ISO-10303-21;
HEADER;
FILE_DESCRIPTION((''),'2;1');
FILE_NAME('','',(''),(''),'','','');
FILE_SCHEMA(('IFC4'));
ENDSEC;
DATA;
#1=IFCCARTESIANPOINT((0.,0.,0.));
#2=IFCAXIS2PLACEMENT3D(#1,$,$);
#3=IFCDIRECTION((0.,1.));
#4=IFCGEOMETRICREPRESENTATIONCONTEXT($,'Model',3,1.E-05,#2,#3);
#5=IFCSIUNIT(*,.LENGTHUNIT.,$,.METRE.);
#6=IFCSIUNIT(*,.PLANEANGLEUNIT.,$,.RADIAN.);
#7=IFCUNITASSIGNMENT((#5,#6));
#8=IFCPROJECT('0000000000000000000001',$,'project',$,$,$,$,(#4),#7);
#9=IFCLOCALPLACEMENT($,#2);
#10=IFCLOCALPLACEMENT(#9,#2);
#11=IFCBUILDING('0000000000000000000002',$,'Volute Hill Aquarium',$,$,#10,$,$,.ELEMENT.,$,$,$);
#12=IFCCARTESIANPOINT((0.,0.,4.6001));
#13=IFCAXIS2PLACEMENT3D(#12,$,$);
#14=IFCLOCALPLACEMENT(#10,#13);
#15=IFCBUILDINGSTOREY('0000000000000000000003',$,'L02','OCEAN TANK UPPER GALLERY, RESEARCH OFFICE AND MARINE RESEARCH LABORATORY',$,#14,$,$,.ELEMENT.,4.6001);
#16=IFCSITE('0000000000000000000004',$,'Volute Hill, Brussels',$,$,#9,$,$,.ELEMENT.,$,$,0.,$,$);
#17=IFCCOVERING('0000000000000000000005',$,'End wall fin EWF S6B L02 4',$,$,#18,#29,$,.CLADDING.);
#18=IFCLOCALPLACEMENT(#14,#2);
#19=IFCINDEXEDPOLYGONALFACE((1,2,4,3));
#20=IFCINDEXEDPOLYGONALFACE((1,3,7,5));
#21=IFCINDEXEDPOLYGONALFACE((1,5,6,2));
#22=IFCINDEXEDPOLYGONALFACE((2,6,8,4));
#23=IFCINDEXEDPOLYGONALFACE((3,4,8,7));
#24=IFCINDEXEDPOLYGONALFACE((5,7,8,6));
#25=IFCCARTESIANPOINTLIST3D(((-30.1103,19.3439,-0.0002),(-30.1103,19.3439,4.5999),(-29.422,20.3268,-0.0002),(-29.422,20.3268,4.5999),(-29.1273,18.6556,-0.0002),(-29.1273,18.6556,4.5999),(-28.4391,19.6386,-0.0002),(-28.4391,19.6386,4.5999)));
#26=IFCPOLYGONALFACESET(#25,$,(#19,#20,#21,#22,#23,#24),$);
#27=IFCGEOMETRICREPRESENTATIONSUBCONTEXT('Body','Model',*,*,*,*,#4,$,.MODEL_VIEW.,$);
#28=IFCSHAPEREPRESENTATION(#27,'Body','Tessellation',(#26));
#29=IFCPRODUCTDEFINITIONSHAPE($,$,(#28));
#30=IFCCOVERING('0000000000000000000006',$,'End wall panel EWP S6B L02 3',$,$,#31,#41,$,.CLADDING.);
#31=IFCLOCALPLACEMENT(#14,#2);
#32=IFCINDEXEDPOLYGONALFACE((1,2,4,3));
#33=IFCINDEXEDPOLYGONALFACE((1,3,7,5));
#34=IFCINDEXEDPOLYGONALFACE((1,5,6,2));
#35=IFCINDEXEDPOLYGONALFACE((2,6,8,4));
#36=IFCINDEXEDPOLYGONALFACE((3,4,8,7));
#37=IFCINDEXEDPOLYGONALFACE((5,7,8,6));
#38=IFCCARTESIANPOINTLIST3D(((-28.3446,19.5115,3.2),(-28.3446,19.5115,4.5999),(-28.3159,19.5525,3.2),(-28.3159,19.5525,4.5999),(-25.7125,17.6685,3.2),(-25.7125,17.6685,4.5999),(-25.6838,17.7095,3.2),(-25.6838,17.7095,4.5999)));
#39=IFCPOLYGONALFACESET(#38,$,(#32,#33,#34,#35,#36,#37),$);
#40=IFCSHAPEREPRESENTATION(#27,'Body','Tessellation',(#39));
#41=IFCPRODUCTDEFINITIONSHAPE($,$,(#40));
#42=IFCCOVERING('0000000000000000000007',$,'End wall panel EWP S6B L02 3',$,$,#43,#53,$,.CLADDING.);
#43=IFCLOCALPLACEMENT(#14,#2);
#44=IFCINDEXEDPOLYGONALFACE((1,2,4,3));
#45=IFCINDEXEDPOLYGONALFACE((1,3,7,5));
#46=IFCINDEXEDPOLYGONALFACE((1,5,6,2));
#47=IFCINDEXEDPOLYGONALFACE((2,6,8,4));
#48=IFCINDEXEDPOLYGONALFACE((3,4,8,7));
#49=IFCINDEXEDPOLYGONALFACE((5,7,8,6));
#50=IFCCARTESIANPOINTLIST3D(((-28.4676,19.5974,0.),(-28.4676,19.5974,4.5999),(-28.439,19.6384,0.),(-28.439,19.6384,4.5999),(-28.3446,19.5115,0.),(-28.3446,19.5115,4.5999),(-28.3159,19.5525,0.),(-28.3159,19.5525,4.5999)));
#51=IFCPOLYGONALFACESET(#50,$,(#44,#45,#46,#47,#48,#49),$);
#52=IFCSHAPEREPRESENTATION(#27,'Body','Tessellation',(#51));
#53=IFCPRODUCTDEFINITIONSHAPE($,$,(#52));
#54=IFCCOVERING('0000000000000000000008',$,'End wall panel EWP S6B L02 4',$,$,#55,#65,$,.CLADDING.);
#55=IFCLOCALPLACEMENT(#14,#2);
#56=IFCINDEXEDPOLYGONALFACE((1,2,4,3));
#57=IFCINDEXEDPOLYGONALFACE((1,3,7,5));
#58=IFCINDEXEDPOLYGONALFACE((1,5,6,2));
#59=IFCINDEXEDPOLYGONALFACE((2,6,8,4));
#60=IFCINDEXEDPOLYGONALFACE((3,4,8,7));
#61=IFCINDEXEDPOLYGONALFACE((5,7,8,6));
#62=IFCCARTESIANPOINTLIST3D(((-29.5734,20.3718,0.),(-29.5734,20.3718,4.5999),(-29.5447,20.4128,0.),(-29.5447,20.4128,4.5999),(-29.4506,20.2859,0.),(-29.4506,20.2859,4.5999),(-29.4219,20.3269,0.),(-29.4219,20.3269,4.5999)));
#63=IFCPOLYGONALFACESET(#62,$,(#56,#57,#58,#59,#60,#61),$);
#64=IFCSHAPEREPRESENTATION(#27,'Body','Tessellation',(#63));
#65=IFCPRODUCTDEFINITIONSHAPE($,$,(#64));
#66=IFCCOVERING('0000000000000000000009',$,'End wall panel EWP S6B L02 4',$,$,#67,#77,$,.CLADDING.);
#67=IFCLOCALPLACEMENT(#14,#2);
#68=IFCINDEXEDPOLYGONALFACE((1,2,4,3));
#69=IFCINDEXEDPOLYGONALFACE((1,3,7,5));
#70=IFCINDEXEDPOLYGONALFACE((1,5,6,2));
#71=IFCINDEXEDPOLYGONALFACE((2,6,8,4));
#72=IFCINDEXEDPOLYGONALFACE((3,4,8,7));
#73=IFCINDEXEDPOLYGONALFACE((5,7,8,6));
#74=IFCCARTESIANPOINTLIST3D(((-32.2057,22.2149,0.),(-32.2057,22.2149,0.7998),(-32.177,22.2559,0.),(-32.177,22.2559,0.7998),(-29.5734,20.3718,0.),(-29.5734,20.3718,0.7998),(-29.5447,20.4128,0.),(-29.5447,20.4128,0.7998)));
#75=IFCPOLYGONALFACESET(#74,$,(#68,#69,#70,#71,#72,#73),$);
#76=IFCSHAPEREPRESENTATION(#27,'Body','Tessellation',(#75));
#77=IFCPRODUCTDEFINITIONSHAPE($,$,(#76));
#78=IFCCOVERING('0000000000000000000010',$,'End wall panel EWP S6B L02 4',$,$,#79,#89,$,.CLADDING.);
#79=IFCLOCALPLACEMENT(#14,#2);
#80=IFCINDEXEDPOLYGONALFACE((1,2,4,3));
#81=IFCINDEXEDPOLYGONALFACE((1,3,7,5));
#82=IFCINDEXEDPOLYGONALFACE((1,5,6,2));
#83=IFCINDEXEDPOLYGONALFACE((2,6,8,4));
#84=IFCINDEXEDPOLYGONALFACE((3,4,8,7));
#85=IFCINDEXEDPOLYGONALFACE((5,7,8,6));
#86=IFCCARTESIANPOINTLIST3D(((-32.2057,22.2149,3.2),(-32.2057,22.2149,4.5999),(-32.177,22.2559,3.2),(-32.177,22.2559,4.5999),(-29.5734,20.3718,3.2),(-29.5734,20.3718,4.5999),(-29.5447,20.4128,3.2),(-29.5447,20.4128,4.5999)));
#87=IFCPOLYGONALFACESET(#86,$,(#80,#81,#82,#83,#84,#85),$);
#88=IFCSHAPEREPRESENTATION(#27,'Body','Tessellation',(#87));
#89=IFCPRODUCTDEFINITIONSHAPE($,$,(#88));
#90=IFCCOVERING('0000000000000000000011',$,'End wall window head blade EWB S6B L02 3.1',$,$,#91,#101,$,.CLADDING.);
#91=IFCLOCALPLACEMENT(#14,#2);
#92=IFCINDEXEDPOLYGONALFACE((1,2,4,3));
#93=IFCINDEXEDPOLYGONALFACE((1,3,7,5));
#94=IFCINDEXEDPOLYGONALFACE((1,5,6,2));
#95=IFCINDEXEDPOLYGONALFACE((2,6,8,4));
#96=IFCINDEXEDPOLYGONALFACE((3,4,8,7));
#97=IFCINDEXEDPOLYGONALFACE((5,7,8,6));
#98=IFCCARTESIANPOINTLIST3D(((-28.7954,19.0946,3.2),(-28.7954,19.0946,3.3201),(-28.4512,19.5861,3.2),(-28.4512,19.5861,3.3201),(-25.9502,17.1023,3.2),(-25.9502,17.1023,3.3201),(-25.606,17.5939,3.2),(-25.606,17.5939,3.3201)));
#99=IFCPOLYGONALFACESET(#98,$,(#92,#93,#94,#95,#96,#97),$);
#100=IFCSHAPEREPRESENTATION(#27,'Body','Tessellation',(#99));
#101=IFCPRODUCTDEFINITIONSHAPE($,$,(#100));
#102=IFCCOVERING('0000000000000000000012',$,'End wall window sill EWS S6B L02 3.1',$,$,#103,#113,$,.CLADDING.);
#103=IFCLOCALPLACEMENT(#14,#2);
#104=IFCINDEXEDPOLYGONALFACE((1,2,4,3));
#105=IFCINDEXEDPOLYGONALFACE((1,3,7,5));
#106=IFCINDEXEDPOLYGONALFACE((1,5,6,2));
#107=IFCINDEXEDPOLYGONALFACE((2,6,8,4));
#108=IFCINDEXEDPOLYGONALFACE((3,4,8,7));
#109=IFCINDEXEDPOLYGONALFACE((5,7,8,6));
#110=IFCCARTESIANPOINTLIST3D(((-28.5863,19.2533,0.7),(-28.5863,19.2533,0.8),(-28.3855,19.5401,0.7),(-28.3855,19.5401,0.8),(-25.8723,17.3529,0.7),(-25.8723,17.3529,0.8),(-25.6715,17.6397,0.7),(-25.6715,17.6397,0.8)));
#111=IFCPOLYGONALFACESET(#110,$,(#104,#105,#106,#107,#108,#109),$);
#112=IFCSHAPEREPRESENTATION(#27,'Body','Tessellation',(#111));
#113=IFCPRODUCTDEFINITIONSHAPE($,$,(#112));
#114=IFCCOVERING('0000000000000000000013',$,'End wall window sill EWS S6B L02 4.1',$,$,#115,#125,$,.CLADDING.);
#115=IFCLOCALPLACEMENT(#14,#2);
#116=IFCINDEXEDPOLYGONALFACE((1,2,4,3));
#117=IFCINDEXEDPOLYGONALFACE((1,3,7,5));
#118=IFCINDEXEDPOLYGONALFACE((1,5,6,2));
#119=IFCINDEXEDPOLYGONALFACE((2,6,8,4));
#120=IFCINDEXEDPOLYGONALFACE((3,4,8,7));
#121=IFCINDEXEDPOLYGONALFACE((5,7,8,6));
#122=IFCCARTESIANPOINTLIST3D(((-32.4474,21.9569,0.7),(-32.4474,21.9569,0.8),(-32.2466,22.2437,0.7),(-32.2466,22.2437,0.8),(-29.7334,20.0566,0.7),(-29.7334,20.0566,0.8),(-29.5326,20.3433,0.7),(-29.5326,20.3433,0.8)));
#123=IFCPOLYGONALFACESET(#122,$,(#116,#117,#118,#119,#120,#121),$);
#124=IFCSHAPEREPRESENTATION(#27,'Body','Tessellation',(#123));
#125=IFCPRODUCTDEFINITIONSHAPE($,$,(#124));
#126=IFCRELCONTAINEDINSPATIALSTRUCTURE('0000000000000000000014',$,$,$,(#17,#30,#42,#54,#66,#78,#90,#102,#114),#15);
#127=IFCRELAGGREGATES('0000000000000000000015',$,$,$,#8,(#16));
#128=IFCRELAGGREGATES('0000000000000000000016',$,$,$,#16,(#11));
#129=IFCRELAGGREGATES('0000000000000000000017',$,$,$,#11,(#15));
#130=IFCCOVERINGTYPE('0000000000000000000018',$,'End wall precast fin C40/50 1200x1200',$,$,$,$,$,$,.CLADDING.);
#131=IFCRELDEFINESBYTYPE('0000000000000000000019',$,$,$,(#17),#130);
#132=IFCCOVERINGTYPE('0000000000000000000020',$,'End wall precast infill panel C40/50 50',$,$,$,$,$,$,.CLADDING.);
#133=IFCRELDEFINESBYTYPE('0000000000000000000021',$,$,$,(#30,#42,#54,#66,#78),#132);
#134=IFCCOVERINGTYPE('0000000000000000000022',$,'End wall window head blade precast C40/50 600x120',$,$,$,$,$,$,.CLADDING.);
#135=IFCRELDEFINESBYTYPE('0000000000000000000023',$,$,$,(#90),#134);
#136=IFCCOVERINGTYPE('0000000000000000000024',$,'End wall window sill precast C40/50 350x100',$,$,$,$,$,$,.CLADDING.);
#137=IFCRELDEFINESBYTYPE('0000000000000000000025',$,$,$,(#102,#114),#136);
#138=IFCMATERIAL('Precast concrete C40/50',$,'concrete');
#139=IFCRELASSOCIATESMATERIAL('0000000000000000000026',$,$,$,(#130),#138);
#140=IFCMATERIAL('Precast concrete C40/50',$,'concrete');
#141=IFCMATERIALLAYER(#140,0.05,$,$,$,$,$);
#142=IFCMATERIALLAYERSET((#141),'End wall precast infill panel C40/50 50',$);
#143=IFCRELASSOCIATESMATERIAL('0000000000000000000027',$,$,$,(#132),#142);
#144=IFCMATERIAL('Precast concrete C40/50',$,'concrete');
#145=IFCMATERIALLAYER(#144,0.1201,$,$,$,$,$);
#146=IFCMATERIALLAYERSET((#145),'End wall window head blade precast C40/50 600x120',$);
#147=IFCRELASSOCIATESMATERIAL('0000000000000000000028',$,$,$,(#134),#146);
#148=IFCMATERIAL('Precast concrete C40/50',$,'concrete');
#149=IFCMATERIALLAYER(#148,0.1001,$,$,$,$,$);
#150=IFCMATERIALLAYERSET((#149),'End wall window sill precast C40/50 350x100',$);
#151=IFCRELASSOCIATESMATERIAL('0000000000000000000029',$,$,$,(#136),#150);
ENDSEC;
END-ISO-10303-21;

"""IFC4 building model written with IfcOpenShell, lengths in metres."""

from ifc_helpers import new_model, si_unit, direction, frame, origin, origin_2d, place, context, subcontext, project, spatial, polyline, rectangle, outline, extrude, material, layer, layer_set, type_object, element, save


model = new_model("IFC4")

# Units and contexts
model_context = context("Model", 3, precision=1e-05, world=origin(), true_north=direction((0.0, 1.0)))
body_context = subcontext(model_context, "Body", "Model", "MODEL_VIEW")
ifc_project = project(units=[si_unit("LENGTHUNIT", "METRE"), si_unit("PLANEANGLEUNIT", "RADIAN")], contexts=[model_context])

# Site, building, storey
site_placement = place(None, origin())
site = spatial("IfcSite", under=ifc_project, at=site_placement, Name="Volute Hill, Brussels", CompositionType="ELEMENT", RefElevation=0.0)
building_placement = place(site_placement, origin())
building = spatial("IfcBuilding", under=site, at=building_placement, Name="Volute Hill Aquarium", CompositionType="ELEMENT")
storey_placement = place(building_placement, frame((0.0, 0.0, 4.6001)))
storey = spatial("IfcBuildingStorey", under=building, at=storey_placement, Name="L02", Description="OCEAN TANK UPPER GALLERY, RESEARCH OFFICE AND MARINE RESEARCH LABORATORY", CompositionType="ELEMENT", Elevation=4.6001)

# Coverings
ifc_material_1 = material(Name="Precast concrete C40/50", Category="concrete")
covering_type_1 = type_object("IfcCoveringType", Name="End wall precast fin C40/50 1200x1200", PredefinedType="CLADDING", material=ifc_material_1)
covering_1_placement = place(storey_placement, frame((-29.2747, 19.4912, -0.0002), z_axis=(0.0, 0.0, 1.0), x_axis=(-0.819153, 0.573575, 0.0)))
element("IfcCovering", 1, at=covering_1_placement, inside=storey, type_object=covering_type_1, Name="End wall fin EWF S6B L02 4", PredefinedType="CLADDING", context=body_context, shape_type="SweptSolid", body=[
    extrude(rectangle(XDim=1.2, YDim=1.2, at=origin_2d()), origin(), (0.0, 0.0, 1.0), 4.6001),
])
ifc_material_2 = material(Name="Precast concrete C40/50", Category="concrete")
ifc_layer_1 = layer(ifc_material_2, 0.05)
ifc_layer_set_1 = layer_set([ifc_layer_1], Name="End wall precast infill panel C40/50 50")
covering_type_2 = type_object("IfcCoveringType", Name="End wall precast infill panel C40/50 50", PredefinedType="CLADDING", material=ifc_layer_set_1)
covering_2_placement = place(storey_placement, frame((-25.6838, 17.7095, 3.2), z_axis=(0.57358, 0.81915, 0.0), x_axis=(-0.81915, 0.57358, 0.0)))
element("IfcCovering", 2, at=covering_2_placement, inside=storey, type_object=covering_type_2, Name="End wall panel EWP S6B L02 3", PredefinedType="CLADDING", context=body_context, shape_type="SweptSolid", body=[
    extrude(outline(polyline([(0.0, 0.0), (3.2132, 0.0), (3.2132, 1.3999), (0.0, 1.3999), (0.0, 0.0)])), origin(), (0.0, 0.0, -1.0), 0.05),
])
covering_3_placement = place(storey_placement, frame((-28.3159, 19.5525, 0.0), z_axis=(0.572589, 0.819843, 0.0), x_axis=(-0.819843, 0.572589, 0.0)))
element("IfcCovering", 3, at=covering_3_placement, inside=storey, type_object=covering_type_2, Name="End wall panel EWP S6B L02 3", PredefinedType="CLADDING", context=body_context, shape_type="SweptSolid", body=[
    extrude(outline(polyline([(0.0, 0.0), (0.1501, 0.0), (0.1501, 4.5999), (0.0, 4.5999), (0.0, 0.0)])), origin(), (0.0, 0.0, -1.0), 0.05),
])
covering_4_placement = place(storey_placement, frame((-29.4219, 20.3269, 0.0), z_axis=(0.573353, 0.819308, 0.0), x_axis=(-0.819308, 0.573353, 0.0)))
element("IfcCovering", 4, at=covering_4_placement, inside=storey, type_object=covering_type_2, Name="End wall panel EWP S6B L02 4", PredefinedType="CLADDING", context=body_context, shape_type="SweptSolid", body=[
    extrude(outline(polyline([(0.0, 0.0), (0.1499, 0.0), (0.1499, 4.5999), (0.0, 4.5999), (0.0, 0.0)])), origin(), (0.0, 0.0, -1.0), 0.05),
])
covering_5_placement = place(storey_placement, frame((-29.5447, 20.4128, 0.0), z_axis=(0.573544, 0.819175, 0.0), x_axis=(-0.819175, 0.573544, 0.0)))
element("IfcCovering", 5, at=covering_5_placement, inside=storey, type_object=covering_type_2, Name="End wall panel EWP S6B L02 4", PredefinedType="CLADDING", context=body_context, shape_type="SweptSolid", body=[
    extrude(outline(polyline([(0.0, 0.0), (3.2134, 0.0), (3.2134, 0.7998), (0.0, 0.7998), (0.0, 0.0)])), origin(), (0.0, 0.0, -1.0), 0.05),
])
covering_6_placement = place(storey_placement, frame((-29.5447, 20.4128, 3.2), z_axis=(0.573544, 0.819175, 0.0), x_axis=(-0.819175, 0.573544, 0.0)))
element("IfcCovering", 6, at=covering_6_placement, inside=storey, type_object=covering_type_2, Name="End wall panel EWP S6B L02 4", PredefinedType="CLADDING", context=body_context, shape_type="SweptSolid", body=[
    extrude(outline(polyline([(0.0, 0.0), (3.2134, 0.0), (3.2134, 1.3999), (0.0, 1.3999), (0.0, 0.0)])), origin(), (0.0, 0.0, -1.0), 0.05),
])
ifc_material_3 = material(Name="Precast concrete C40/50", Category="concrete")
ifc_layer_2 = layer(ifc_material_3, 0.1201)
ifc_layer_set_2 = layer_set([ifc_layer_2], Name="End wall window head blade precast C40/50 600x120")
covering_type_3 = type_object("IfcCoveringType", Name="End wall window head blade precast C40/50 600x120", PredefinedType="CLADDING", material=ifc_layer_set_2)
covering_7_placement = place(storey_placement, frame((-27.2007, 18.3442, 3.2), z_axis=(0.0, 0.0, 1.0), x_axis=(-0.819153, 0.573575, 0.0)))
element("IfcCovering", 7, at=covering_7_placement, inside=storey, type_object=covering_type_3, Name="End wall window head blade EWB S6B L02 3.1", PredefinedType="CLADDING", context=body_context, shape_type="SweptSolid", body=[
    extrude(rectangle(XDim=3.4734, YDim=0.6001, at=origin_2d()), origin(), (0.0, 0.0, 1.0), 0.1201),
])
ifc_material_4 = material(Name="Precast concrete C40/50", Category="concrete")
ifc_layer_3 = layer(ifc_material_4, 0.1001)
ifc_layer_set_3 = layer_set([ifc_layer_3], Name="End wall window sill precast C40/50 350x100")
covering_type_4 = type_object("IfcCoveringType", Name="End wall window sill precast C40/50 350x100", PredefinedType="CLADDING", material=ifc_layer_set_3)
for number, where, z_axis, x_axis, name in (
    (8, (-27.1289, 18.4465, 0.7), (0.0, 0.0, 1.0), (-0.819153, 0.573575, 0.0), "End wall window sill EWS S6B L02 3.1"),
    (9, (-30.99, 21.1501, 0.7), (0.0, 0.0, 1.0), (-0.819153, 0.573575, 0.0), "End wall window sill EWS S6B L02 4.1"),
):
    element("IfcCovering", number, at=place(storey_placement, frame(where, z_axis=z_axis, x_axis=x_axis)), inside=storey, type_object=covering_type_4, Name=name, PredefinedType="CLADDING", context=body_context, shape_type="SweptSolid", body=[
        extrude(rectangle(XDim=3.3132, YDim=0.3501, at=origin_2d()), origin(), (0.0, 0.0, 1.0), 0.1001),
    ])

save(model, "model.ifc")
